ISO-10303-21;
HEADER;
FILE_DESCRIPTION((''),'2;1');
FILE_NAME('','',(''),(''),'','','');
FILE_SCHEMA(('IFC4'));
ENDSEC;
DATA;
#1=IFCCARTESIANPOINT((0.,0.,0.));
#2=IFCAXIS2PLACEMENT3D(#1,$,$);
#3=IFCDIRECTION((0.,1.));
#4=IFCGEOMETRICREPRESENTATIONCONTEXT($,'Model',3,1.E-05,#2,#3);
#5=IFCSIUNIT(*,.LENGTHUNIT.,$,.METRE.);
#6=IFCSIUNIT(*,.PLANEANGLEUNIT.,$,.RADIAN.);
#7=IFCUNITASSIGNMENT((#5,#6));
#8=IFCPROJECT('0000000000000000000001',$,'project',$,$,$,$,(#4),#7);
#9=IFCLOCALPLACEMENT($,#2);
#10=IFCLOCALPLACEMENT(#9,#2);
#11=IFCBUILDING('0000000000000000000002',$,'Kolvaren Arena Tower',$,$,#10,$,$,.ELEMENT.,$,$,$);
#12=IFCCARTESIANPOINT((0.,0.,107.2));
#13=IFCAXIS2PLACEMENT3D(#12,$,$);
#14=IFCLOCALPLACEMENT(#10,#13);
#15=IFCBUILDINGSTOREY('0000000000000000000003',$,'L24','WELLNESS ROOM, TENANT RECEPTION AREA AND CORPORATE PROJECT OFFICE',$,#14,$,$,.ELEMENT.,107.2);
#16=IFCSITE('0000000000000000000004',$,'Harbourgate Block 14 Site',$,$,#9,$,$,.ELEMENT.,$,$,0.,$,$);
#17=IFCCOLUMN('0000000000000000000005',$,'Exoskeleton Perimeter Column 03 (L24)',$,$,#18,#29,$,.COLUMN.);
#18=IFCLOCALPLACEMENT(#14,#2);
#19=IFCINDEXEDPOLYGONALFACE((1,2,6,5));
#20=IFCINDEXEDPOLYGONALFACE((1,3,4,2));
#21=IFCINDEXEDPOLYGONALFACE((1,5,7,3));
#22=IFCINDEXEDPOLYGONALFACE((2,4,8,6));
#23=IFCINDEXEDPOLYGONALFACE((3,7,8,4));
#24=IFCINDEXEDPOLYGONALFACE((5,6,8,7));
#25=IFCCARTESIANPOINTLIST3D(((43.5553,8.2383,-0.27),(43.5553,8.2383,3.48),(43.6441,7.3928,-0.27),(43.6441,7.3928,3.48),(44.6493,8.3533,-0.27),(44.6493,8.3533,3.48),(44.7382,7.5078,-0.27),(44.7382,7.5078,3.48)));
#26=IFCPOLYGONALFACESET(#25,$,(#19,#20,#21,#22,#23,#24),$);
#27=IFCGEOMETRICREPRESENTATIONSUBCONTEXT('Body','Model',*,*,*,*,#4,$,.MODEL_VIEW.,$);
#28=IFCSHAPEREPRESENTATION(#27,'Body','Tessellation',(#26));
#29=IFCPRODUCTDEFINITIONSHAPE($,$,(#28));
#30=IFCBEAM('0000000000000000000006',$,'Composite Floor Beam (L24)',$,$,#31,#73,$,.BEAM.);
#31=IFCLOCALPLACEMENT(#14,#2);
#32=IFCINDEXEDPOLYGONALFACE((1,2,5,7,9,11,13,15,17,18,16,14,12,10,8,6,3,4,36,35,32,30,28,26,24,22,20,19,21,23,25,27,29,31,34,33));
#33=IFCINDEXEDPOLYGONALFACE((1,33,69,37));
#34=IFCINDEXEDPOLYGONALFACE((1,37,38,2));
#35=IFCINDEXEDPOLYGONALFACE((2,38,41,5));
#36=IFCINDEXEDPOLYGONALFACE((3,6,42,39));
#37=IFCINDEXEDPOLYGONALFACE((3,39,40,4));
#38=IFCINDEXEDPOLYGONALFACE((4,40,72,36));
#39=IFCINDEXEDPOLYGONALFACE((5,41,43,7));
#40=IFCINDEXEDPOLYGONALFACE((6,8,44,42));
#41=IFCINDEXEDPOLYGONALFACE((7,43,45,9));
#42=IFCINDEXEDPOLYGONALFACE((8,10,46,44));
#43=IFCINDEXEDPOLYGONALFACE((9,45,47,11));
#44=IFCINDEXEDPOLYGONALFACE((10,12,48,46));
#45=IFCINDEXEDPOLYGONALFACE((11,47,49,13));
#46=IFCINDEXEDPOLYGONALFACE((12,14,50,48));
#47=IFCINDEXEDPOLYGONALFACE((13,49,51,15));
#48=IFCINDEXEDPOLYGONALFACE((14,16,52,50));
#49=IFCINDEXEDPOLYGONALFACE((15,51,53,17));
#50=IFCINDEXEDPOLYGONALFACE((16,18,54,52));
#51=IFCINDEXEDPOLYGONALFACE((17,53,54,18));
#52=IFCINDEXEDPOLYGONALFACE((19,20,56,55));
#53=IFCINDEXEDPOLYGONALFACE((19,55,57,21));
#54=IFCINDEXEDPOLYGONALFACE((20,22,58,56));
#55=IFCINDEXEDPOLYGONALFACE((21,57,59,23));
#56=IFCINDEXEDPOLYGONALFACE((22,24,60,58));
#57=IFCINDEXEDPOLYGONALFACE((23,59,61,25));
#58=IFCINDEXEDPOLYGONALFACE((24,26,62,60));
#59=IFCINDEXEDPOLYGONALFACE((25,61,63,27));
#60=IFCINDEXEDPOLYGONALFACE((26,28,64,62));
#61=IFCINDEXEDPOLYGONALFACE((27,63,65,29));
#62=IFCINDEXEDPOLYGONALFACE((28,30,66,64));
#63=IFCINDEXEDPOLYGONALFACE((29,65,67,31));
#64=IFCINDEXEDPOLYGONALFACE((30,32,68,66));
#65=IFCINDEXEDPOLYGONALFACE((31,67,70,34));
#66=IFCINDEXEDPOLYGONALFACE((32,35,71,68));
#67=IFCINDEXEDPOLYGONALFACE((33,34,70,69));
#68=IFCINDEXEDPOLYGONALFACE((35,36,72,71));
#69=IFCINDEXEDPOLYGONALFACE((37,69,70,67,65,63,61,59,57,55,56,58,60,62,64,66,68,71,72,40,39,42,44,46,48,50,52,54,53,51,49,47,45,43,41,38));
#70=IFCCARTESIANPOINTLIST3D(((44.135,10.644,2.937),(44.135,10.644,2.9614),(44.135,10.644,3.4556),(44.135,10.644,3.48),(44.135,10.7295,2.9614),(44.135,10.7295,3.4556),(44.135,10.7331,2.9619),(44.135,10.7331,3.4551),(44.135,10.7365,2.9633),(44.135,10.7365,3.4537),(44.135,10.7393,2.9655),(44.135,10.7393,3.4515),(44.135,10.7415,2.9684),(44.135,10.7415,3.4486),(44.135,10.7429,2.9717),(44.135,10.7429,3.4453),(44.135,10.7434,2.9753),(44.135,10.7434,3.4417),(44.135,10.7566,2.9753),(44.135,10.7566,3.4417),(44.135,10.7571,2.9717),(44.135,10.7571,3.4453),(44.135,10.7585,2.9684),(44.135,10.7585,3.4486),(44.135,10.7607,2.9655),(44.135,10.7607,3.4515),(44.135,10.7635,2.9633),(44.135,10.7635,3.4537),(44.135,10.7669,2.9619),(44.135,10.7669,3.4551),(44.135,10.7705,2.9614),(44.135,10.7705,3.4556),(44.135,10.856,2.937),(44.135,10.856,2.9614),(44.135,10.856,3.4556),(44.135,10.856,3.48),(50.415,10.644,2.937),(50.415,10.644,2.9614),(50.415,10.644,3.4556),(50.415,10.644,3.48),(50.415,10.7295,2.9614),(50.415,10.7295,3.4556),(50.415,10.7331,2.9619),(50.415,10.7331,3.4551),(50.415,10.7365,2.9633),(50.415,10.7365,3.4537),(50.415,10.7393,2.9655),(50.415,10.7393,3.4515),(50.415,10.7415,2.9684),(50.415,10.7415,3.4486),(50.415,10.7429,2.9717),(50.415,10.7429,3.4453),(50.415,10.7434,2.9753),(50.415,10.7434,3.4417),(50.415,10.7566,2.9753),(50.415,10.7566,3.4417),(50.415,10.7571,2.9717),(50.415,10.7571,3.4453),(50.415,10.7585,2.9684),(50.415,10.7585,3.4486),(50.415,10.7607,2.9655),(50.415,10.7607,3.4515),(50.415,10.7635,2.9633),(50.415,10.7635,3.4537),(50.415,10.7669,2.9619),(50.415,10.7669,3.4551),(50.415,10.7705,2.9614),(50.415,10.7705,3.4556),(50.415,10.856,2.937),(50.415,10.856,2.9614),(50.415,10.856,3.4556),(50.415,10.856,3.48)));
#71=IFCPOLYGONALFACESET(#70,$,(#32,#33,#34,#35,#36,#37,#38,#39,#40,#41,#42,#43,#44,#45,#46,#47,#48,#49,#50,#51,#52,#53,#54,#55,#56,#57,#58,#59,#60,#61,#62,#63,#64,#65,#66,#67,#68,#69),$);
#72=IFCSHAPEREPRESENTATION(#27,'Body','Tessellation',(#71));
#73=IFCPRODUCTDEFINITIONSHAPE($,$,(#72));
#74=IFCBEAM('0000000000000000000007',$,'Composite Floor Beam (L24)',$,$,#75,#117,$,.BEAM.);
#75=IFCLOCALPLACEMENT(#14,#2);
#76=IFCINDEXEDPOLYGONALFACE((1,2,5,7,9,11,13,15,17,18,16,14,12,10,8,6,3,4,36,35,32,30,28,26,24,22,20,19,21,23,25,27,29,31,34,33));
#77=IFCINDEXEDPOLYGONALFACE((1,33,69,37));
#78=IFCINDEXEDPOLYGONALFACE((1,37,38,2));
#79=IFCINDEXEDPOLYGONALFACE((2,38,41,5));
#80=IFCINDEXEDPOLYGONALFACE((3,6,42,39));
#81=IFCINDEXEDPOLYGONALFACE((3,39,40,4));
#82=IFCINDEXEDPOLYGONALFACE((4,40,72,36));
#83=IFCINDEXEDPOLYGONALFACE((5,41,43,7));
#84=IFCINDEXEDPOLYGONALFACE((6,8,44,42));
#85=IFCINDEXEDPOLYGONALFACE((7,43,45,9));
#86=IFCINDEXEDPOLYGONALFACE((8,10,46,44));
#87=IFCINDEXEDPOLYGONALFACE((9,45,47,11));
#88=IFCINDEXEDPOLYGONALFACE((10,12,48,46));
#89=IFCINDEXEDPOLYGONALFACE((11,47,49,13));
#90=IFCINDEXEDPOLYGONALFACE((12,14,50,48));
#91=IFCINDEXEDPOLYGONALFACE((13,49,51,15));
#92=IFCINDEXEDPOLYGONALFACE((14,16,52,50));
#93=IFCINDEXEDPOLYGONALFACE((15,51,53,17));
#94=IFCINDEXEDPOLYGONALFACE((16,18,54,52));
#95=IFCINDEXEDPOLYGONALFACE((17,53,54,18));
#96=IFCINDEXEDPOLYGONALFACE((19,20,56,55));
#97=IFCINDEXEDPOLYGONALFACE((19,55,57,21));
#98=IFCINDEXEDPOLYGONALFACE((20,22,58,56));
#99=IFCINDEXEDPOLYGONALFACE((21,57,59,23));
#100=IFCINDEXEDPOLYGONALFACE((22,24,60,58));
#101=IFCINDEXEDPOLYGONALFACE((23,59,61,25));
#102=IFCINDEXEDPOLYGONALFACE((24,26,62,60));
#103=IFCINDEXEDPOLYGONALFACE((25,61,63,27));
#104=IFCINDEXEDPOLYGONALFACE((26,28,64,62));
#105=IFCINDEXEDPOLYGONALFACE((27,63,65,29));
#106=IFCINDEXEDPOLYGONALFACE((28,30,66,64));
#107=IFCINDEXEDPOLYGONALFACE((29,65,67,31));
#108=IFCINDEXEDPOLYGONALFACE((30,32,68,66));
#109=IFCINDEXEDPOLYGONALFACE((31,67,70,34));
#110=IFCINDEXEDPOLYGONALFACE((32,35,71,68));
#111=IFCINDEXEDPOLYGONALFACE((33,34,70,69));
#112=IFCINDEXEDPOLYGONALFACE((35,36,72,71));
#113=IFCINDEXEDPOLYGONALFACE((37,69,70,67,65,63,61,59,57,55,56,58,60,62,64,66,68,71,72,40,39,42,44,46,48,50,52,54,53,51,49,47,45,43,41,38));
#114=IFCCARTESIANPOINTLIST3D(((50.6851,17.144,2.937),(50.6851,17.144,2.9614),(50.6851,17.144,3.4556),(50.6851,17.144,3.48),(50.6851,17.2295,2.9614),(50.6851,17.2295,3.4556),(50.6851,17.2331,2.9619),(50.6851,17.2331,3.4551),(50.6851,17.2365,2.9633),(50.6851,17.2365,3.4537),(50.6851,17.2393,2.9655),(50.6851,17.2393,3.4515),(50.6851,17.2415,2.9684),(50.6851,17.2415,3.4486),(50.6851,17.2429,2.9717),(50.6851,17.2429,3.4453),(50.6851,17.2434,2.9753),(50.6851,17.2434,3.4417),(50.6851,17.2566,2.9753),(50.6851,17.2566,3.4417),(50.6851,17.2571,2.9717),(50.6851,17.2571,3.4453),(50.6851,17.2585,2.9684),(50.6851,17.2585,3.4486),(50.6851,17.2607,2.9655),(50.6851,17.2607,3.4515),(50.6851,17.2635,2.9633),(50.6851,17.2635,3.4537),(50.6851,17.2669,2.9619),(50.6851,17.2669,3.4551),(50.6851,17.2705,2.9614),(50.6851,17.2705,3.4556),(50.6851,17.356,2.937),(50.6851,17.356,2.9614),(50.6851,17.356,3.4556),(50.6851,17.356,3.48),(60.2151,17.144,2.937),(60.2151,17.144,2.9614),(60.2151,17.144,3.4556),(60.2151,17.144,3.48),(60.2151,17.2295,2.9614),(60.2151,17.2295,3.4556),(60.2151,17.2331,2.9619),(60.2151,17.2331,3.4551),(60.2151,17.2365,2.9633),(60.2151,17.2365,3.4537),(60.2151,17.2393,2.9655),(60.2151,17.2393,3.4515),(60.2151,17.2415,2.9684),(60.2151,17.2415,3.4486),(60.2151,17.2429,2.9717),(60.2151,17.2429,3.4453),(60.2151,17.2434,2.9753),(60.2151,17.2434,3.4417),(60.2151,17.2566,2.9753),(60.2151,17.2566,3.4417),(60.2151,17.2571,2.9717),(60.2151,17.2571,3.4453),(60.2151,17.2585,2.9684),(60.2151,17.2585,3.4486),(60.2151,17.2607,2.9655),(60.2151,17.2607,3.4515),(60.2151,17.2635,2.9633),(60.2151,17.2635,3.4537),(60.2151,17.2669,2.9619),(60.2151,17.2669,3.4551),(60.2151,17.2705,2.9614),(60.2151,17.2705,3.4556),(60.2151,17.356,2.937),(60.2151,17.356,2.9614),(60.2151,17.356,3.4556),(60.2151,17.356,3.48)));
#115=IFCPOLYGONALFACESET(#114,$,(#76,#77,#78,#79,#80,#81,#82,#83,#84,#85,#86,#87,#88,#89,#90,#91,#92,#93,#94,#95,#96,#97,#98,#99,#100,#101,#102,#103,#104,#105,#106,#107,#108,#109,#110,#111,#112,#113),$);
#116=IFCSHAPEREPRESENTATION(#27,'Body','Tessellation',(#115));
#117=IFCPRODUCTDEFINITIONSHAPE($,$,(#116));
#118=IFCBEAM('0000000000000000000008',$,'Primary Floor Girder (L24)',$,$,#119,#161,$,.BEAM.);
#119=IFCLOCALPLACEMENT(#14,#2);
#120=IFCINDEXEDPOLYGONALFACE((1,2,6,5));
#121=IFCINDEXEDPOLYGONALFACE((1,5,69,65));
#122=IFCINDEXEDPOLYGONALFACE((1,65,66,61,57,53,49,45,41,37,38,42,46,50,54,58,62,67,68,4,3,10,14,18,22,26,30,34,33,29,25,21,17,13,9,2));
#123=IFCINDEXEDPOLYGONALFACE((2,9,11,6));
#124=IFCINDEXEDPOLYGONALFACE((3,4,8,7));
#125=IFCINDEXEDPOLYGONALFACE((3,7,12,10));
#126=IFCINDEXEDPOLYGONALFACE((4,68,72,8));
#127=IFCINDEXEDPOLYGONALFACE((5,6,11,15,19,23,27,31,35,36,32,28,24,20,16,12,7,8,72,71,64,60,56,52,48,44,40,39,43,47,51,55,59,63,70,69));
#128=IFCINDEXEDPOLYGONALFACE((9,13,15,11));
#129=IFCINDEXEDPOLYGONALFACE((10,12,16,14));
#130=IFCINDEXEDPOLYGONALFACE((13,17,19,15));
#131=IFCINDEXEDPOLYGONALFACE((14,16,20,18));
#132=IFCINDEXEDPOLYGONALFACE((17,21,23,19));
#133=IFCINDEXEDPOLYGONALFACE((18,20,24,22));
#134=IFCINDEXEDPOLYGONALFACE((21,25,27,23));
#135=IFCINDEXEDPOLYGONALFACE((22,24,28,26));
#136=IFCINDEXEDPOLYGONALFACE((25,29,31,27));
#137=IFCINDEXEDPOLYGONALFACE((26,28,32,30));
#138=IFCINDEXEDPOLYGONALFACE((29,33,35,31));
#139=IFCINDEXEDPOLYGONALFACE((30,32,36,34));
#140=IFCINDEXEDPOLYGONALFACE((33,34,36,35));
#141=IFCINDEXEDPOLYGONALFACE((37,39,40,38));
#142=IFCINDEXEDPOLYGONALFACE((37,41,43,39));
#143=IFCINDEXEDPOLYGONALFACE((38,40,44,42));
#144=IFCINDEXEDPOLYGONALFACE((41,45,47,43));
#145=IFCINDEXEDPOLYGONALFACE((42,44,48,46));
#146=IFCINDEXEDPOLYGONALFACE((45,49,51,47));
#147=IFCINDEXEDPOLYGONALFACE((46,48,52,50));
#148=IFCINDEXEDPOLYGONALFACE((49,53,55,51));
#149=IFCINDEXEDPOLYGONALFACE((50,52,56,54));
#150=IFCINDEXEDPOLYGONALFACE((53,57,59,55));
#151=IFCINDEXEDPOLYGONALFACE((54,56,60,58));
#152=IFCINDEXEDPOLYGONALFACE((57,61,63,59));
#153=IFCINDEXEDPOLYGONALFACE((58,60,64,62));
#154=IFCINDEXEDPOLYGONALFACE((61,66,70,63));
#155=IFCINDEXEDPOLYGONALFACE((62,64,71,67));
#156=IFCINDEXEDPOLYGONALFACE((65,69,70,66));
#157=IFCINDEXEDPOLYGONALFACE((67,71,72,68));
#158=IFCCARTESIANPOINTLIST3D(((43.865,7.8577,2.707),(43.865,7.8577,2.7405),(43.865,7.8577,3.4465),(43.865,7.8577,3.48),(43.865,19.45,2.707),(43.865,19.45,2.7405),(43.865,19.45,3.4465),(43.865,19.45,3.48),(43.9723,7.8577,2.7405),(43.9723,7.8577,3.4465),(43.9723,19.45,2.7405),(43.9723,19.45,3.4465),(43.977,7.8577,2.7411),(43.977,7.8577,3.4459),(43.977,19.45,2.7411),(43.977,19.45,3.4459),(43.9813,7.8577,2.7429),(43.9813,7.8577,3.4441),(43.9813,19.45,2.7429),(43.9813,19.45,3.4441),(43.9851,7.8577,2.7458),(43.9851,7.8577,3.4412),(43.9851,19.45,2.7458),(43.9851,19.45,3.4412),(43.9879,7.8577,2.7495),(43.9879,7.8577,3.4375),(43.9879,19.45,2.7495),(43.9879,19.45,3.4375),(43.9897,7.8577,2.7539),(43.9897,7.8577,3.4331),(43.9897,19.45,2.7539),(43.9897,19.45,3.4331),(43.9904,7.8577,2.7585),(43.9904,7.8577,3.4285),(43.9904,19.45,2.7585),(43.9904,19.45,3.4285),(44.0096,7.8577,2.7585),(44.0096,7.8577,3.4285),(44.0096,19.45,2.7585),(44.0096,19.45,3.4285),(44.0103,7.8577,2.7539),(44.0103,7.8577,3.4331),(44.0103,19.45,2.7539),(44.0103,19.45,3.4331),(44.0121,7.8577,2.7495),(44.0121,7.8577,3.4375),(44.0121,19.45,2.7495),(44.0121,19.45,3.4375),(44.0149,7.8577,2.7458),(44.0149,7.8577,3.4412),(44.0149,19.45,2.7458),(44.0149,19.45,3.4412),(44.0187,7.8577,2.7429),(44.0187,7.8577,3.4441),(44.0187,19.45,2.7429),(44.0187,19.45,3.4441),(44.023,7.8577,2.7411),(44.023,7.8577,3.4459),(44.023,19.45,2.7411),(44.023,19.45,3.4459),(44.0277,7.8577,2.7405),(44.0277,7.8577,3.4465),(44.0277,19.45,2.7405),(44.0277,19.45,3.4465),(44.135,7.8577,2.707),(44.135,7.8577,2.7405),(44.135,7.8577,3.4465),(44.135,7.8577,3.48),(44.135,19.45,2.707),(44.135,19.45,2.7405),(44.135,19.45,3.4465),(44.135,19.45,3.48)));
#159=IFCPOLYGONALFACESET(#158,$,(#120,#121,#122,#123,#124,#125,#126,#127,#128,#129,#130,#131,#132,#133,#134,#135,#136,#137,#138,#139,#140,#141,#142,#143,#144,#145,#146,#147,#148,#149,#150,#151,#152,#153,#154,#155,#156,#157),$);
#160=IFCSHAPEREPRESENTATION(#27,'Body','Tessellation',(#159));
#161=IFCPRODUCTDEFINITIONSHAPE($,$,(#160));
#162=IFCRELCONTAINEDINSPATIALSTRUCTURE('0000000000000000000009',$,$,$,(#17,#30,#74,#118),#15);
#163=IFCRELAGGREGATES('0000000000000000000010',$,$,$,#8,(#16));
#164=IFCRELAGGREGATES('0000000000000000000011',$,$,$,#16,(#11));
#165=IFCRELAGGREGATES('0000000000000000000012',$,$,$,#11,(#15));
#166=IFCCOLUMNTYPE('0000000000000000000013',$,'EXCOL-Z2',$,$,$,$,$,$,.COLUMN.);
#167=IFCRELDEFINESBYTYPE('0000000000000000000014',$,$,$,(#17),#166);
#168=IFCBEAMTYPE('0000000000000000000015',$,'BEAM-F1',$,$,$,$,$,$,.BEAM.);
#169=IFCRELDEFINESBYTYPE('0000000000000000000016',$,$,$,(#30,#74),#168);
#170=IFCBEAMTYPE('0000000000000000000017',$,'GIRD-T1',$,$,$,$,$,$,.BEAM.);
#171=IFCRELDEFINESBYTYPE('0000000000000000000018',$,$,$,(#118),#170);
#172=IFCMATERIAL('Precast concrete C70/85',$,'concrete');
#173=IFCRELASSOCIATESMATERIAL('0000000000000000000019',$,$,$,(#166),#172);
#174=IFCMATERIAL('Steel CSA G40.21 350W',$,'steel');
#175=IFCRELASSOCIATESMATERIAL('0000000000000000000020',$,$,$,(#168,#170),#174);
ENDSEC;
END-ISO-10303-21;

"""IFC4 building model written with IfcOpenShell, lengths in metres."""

from ifc_helpers import new_model, si_unit, direction, frame, origin, origin_2d, place, context, subcontext, project, spatial, rectangle, i_section, extrude, material, material_profile, profile_set, type_object, element, save


model = new_model("IFC4")

# Units and contexts
model_context = context("Model", 3, precision=1e-05, world=origin(), true_north=direction((0.0, 1.0)))
body_context = subcontext(model_context, "Body", "Model", "MODEL_VIEW")
ifc_project = project(units=[si_unit("LENGTHUNIT", "METRE"), si_unit("PLANEANGLEUNIT", "RADIAN")], contexts=[model_context])

# Site, building, storey
site_placement = place(None, origin())
site = spatial("IfcSite", under=ifc_project, at=site_placement, Name="Harbourgate Block 14 Site", CompositionType="ELEMENT", RefElevation=0.0)
building_placement = place(site_placement, origin())
building = spatial("IfcBuilding", under=site, at=building_placement, Name="Kolvaren Arena Tower", CompositionType="ELEMENT")
storey_placement = place(building_placement, frame((0.0, 0.0, 107.2)))
storey = spatial("IfcBuildingStorey", under=building, at=storey_placement, Name="L24", Description="WELLNESS ROOM, TENANT RECEPTION AREA AND CORPORATE PROJECT OFFICE", CompositionType="ELEMENT", Elevation=107.2)

# Column
ifc_material_1 = material(Name="Precast concrete C70/85", Category="concrete")
ifc_material_profile_1 = material_profile(ifc_material_1, rectangle(XDim=1.1001, YDim=0.8501, at=origin_2d()), Name="RC-1100x850")
ifc_profile_set_1 = profile_set([ifc_material_profile_1], Name="Precast concrete C70/85")
column_type = type_object("IfcColumnType", Name="EXCOL-Z2", PredefinedType="COLUMN", material=ifc_profile_set_1)
column_placement = place(storey_placement, frame((44.1467, 7.873, -0.27), z_axis=(0.0, 0.0, 1.0), x_axis=(0.994522, 0.104528, 0.0)))
element("IfcColumn", 1, at=column_placement, inside=storey, type_object=column_type, Name="Exoskeleton Perimeter Column 03 (L24)", PredefinedType="COLUMN", context=body_context, shape_type="SweptSolid", body=[
    extrude(rectangle(XDim=1.1001, YDim=0.8501, at=origin_2d()), origin(), (0.0, 0.0, 1.0), 3.75),
])

# Beams
ifc_material_2 = material(Name="Steel CSA G40.21 350W", Category="steel")
ifc_material_profile_2 = material_profile(ifc_material_2, i_section(OverallWidth=0.2119, OverallDepth=0.543, WebThickness=0.0132, FlangeThickness=0.0244, FilletRadius=0.0139, at=origin_2d()), Name="W530x150")
ifc_profile_set_2 = profile_set([ifc_material_profile_2], Name="Steel CSA G40.21 350W")
beam_type_1 = type_object("IfcBeamType", Name="BEAM-F1", PredefinedType="BEAM", material=ifc_profile_set_2)
beam_1_placement = place(storey_placement, frame((44.135, 10.75, 3.2085), z_axis=(1.0, 0.0, 0.0), x_axis=(0.0, 1.0, 0.0)))
element("IfcBeam", 2, at=beam_1_placement, inside=storey, type_object=beam_type_1, Name="Composite Floor Beam (L24)", PredefinedType="BEAM", context=body_context, shape_type="SweptSolid", body=[
    extrude(i_section(OverallWidth=0.2119, OverallDepth=0.543, WebThickness=0.0132, FlangeThickness=0.0244, FilletRadius=0.0139, at=origin_2d()), origin(), (0.0, 0.0, 1.0), 6.28),
])
beam_2_placement = place(storey_placement, frame((50.6851, 17.25, 3.2085), z_axis=(1.0, 0.0, 0.0), x_axis=(0.0, 1.0, 0.0)))
element("IfcBeam", 3, at=beam_2_placement, inside=storey, type_object=beam_type_1, Name="Composite Floor Beam (L24)", PredefinedType="BEAM", context=body_context, shape_type="SweptSolid", body=[
    extrude(i_section(OverallWidth=0.2119, OverallDepth=0.543, WebThickness=0.0132, FlangeThickness=0.0244, FilletRadius=0.0139, at=origin_2d()), origin(), (0.0, 0.0, 1.0), 9.53),
])
ifc_material_profile_3 = material_profile(ifc_material_2, i_section(OverallWidth=0.27, OverallDepth=0.7729, WebThickness=0.0193, FlangeThickness=0.0334, FilletRadius=0.0181, at=origin_2d()), Name="W760x257")
ifc_profile_set_3 = profile_set([ifc_material_profile_3], Name="Steel CSA G40.21 350W")
beam_type_2 = type_object("IfcBeamType", Name="GIRD-T1", PredefinedType="BEAM", material=ifc_profile_set_3)
beam_3_placement = place(storey_placement, frame((44.0, 7.8577, 3.0935), z_axis=(0.0, 1.0, 0.0), x_axis=(-1.0, 0.0, 0.0)))
element("IfcBeam", 4, at=beam_3_placement, inside=storey, type_object=beam_type_2, Name="Primary Floor Girder (L24)", PredefinedType="BEAM", context=body_context, shape_type="SweptSolid", body=[
    extrude(i_section(OverallWidth=0.27, OverallDepth=0.7729, WebThickness=0.0193, FlangeThickness=0.0334, FilletRadius=0.0181, at=origin_2d()), origin(), (0.0, 0.0, 1.0), 11.5923),
])

save(model, "model.ifc")
